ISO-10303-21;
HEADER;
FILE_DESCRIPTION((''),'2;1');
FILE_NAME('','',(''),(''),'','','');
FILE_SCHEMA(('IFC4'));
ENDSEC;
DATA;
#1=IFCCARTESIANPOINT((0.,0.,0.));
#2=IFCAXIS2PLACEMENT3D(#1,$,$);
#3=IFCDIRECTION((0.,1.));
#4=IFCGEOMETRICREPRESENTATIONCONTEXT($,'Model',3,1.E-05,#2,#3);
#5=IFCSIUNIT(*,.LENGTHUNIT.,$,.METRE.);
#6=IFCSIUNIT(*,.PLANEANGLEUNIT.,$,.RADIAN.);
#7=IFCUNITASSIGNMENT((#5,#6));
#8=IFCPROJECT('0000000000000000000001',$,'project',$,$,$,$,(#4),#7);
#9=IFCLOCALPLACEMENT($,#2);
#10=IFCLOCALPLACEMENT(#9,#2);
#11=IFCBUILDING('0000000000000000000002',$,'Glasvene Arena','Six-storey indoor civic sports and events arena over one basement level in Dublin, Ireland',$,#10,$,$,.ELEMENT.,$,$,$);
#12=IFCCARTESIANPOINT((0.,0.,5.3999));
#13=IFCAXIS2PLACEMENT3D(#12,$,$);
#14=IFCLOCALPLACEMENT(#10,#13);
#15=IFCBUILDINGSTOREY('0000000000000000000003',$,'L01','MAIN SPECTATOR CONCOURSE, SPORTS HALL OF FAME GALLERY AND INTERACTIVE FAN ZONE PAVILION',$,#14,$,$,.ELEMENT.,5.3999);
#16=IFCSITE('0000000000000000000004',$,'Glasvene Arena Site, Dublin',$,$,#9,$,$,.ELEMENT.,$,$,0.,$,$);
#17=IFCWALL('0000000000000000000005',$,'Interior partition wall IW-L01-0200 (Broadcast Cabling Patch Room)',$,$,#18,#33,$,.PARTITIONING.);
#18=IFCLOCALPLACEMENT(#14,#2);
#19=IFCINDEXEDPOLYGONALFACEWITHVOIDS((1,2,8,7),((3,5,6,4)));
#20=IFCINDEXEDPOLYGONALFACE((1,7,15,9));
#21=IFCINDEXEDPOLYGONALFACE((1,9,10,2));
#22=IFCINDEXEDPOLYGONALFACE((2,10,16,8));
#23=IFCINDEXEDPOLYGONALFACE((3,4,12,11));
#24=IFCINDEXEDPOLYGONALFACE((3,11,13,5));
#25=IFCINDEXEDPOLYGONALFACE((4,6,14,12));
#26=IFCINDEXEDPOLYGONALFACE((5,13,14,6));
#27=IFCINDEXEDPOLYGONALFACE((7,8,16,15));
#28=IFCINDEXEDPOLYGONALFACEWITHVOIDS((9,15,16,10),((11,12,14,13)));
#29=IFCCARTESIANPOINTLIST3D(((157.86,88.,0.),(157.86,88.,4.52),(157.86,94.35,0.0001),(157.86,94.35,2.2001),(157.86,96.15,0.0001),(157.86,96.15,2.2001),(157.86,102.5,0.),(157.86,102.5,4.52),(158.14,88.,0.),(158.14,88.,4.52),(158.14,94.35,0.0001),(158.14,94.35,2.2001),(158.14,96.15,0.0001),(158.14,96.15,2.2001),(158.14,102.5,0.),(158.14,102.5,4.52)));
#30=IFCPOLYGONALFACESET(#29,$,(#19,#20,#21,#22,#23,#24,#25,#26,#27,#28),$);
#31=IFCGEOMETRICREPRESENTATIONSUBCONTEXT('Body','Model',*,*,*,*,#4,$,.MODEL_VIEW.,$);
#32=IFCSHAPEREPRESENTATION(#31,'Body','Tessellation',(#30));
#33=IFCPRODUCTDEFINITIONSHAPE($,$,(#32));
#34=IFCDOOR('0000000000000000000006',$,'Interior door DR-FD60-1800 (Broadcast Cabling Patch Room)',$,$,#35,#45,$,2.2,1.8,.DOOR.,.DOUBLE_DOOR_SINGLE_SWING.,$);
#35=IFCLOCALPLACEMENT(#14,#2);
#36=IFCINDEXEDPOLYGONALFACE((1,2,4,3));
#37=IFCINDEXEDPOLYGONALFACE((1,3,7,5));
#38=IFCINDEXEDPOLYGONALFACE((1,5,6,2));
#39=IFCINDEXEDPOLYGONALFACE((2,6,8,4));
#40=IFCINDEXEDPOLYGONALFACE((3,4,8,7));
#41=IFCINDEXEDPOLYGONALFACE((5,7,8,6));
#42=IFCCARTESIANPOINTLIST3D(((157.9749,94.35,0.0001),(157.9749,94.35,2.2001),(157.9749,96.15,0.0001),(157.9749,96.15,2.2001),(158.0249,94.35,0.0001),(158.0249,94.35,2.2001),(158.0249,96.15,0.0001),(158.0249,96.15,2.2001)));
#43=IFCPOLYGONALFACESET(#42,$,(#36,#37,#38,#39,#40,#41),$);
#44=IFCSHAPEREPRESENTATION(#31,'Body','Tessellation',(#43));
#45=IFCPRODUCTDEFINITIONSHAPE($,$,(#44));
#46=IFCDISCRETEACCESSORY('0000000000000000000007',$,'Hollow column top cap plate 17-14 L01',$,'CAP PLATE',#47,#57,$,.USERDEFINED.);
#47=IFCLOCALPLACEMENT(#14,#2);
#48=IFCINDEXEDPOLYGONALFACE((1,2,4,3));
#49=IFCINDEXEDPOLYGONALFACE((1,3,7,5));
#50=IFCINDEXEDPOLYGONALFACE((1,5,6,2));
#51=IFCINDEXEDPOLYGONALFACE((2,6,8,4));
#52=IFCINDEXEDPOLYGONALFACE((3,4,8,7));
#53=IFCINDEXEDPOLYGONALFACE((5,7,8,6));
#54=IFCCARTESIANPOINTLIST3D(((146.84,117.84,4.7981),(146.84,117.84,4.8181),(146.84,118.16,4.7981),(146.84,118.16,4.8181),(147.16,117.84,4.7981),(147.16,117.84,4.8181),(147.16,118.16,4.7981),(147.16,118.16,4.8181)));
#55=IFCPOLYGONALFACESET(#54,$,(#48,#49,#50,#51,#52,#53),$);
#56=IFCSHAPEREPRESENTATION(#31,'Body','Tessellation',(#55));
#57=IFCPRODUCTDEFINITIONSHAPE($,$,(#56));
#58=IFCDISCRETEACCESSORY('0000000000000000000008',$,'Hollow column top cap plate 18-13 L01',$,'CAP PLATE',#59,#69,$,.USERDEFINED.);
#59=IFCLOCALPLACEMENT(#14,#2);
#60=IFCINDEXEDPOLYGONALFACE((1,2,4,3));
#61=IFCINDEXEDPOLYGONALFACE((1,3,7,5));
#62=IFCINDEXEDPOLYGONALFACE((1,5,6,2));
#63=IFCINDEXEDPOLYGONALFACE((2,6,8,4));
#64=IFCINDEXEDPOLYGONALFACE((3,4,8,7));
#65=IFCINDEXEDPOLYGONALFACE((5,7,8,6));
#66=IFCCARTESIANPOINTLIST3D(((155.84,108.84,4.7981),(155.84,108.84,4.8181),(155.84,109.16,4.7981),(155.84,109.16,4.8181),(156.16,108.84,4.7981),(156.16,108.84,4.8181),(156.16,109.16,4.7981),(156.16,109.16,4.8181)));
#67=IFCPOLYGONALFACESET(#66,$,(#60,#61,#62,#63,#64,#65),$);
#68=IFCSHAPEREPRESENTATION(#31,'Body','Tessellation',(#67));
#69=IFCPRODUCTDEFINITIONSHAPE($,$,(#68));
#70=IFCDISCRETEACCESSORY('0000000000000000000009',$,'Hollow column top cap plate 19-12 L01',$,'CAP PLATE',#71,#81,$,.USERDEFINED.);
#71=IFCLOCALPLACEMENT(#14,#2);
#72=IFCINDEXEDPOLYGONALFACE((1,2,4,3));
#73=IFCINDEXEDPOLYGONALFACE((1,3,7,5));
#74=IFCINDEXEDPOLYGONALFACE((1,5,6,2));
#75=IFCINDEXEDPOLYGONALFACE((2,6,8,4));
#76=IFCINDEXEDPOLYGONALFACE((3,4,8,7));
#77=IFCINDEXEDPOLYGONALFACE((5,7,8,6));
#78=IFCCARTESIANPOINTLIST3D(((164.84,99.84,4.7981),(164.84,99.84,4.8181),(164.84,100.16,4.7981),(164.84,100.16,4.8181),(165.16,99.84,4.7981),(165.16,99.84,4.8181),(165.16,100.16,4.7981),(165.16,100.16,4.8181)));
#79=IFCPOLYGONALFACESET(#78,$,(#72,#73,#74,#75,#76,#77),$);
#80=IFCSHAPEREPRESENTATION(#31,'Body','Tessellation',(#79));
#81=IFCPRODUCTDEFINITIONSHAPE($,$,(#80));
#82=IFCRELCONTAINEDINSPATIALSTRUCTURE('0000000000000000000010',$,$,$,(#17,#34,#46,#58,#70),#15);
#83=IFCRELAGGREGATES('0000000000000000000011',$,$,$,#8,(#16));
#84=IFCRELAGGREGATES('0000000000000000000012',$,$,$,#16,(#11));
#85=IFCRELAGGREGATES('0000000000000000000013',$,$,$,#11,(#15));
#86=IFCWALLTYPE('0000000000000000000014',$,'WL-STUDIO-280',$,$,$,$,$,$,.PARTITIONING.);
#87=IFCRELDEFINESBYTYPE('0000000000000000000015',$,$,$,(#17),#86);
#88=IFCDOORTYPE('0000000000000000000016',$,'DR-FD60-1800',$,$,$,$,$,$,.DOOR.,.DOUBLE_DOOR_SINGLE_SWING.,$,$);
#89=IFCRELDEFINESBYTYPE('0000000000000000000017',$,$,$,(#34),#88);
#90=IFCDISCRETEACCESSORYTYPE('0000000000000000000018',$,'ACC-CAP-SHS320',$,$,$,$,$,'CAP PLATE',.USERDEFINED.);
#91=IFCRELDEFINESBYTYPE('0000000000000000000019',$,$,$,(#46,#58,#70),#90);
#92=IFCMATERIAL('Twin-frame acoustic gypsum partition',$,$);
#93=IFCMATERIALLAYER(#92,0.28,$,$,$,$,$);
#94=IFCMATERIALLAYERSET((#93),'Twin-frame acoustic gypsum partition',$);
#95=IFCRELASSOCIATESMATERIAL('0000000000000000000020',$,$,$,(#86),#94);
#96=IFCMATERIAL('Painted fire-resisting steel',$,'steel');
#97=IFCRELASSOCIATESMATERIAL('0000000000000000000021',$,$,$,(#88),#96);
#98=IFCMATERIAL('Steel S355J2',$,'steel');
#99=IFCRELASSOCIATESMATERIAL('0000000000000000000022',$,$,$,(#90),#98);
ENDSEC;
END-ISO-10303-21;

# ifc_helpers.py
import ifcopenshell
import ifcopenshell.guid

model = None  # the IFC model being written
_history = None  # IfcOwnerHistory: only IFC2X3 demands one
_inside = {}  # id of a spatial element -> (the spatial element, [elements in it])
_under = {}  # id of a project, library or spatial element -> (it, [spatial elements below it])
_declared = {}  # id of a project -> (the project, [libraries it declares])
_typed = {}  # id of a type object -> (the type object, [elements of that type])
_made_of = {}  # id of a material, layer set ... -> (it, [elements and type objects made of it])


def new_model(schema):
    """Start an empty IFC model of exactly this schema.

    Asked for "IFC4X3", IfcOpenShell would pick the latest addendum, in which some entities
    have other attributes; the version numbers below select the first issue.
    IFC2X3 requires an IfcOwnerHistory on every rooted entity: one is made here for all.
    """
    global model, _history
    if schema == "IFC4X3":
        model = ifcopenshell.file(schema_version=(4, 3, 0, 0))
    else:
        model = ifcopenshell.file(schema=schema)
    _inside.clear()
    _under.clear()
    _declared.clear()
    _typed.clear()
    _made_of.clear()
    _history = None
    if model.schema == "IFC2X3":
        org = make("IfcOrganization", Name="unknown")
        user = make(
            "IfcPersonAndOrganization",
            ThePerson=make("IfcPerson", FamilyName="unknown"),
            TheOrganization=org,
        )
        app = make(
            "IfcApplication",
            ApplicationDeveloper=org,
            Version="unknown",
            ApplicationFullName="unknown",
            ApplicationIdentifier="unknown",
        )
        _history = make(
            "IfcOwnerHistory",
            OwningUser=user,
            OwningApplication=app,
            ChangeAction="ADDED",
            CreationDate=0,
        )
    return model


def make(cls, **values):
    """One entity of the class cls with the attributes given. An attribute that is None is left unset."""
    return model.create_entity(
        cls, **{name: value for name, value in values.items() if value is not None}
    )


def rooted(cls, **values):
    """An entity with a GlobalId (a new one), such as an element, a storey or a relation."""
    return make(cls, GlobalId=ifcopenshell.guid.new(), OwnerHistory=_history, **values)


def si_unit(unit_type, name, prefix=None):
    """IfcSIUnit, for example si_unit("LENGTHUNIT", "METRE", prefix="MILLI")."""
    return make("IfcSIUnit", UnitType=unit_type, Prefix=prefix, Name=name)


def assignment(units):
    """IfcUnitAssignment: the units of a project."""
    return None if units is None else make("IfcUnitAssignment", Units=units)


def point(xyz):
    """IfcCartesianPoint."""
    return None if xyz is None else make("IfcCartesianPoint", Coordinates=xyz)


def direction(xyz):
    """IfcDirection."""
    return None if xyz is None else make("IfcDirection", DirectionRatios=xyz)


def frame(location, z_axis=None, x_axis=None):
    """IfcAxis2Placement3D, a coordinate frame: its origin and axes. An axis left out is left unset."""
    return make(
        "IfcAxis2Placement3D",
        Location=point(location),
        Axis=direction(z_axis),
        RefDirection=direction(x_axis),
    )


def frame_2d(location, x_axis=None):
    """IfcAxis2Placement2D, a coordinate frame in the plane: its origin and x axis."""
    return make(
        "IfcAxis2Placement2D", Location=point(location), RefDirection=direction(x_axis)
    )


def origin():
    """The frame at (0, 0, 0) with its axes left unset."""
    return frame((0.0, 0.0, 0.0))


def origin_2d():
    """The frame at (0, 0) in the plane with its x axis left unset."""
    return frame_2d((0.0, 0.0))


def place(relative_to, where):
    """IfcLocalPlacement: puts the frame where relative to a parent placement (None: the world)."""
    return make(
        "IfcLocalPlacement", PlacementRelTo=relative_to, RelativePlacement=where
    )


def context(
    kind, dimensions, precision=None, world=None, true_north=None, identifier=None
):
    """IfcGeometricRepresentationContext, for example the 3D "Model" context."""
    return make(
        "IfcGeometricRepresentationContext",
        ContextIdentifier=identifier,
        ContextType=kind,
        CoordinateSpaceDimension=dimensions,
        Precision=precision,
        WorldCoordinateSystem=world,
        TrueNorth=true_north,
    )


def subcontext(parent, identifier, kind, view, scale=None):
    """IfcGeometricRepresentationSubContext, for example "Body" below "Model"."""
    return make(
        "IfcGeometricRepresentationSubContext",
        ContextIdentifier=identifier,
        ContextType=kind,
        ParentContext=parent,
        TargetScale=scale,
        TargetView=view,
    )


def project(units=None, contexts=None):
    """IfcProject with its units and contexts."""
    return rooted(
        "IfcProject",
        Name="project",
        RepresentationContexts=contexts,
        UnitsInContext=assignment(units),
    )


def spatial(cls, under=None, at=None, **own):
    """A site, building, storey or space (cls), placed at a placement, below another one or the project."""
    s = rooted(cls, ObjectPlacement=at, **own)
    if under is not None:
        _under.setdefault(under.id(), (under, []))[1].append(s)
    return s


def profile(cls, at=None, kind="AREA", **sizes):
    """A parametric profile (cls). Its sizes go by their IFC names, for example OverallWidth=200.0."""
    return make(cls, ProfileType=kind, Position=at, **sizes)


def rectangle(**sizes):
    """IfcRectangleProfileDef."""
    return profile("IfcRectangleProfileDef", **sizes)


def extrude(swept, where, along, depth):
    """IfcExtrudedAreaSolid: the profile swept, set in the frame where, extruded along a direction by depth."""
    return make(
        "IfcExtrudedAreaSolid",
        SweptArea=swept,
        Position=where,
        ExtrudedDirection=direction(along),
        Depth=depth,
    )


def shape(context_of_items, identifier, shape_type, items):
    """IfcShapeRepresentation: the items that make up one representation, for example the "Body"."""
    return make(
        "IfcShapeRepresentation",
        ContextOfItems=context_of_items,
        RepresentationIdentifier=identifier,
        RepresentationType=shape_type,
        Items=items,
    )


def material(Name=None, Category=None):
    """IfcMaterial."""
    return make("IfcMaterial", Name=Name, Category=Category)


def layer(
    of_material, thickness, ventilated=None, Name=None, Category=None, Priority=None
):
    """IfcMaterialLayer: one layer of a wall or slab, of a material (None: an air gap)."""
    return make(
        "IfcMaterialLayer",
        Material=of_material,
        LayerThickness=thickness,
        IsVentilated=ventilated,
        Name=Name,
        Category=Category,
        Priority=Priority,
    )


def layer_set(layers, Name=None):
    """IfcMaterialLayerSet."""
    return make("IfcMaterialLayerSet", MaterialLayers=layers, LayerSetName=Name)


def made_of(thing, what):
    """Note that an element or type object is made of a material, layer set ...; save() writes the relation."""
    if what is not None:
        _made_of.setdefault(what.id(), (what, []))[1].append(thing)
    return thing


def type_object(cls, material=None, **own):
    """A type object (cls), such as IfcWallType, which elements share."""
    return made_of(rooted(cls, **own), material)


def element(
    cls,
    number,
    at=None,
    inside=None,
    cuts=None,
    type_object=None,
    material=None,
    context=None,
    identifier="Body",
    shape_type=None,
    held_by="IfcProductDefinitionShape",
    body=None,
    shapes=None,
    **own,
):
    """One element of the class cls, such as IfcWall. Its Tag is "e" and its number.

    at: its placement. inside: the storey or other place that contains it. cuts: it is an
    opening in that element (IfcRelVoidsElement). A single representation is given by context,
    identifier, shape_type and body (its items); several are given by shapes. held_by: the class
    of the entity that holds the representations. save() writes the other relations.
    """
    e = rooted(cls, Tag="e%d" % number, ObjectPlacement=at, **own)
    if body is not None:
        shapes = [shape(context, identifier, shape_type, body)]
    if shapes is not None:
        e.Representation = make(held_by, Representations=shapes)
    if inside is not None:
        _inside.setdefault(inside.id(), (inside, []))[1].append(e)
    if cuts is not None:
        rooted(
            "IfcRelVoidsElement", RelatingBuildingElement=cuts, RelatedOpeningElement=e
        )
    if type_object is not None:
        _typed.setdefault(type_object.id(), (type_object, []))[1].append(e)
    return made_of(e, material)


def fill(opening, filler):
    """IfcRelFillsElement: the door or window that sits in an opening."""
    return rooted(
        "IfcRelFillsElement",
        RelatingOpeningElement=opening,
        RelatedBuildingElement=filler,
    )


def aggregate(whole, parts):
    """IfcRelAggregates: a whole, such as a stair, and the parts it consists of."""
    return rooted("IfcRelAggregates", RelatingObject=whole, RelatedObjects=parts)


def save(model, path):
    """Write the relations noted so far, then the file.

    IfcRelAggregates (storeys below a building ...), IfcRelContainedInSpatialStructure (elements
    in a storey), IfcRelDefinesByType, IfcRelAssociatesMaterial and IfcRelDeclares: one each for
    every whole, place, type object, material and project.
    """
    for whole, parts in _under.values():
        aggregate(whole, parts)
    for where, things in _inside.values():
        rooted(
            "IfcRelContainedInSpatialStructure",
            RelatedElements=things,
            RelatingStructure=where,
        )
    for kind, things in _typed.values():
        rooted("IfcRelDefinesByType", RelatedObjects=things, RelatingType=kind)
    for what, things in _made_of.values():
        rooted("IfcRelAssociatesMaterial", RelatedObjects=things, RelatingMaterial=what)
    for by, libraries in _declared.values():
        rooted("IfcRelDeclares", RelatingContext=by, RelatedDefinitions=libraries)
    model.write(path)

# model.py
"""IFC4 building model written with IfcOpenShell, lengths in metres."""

from ifc_helpers import new_model, si_unit, direction, frame, frame_2d, origin, origin_2d, place, context, subcontext, project, spatial, rectangle, extrude, material, layer, layer_set, type_object, element, fill, save


model = new_model("IFC4")

# Units and contexts
model_context = context("Model", 3, precision=1e-05, world=origin(), true_north=direction((0.0, 1.0)))
body_context = subcontext(model_context, "Body", "Model", "MODEL_VIEW")
ifc_project = project(units=[si_unit("LENGTHUNIT", "METRE"), si_unit("PLANEANGLEUNIT", "RADIAN")], contexts=[model_context])

# Site, building, storey
site_placement = place(None, origin())
site = spatial("IfcSite", under=ifc_project, at=site_placement, Name="Glasvene Arena Site, Dublin", CompositionType="ELEMENT", RefElevation=0.0)
building_placement = place(site_placement, origin())
building = spatial("IfcBuilding", under=site, at=building_placement, Name="Glasvene Arena", Description="Six-storey indoor civic sports and events arena over one basement level in Dublin, Ireland", CompositionType="ELEMENT")
storey_placement = place(building_placement, frame((0.0, 0.0, 5.3999)))
storey = spatial("IfcBuildingStorey", under=building, at=storey_placement, Name="L01", Description="MAIN SPECTATOR CONCOURSE, SPORTS HALL OF FAME GALLERY AND INTERACTIVE FAN ZONE PAVILION", CompositionType="ELEMENT", Elevation=5.3999)

# Shared definitions
ifc_material_1 = material(Name="Steel S355J2", Category="steel")

# Wall, opening, door
ifc_material_2 = material(Name="Twin-frame acoustic gypsum partition")
ifc_layer_1 = layer(ifc_material_2, 0.28)
ifc_layer_set_1 = layer_set([ifc_layer_1], Name="Twin-frame acoustic gypsum partition")
wall_type_1 = type_object("IfcWallType", Name="WL-STUDIO-280", PredefinedType="PARTITIONING", material=ifc_layer_set_1)
wall_1_placement = place(storey_placement, frame((158.0, 102.5, 0.0), z_axis=(0.0, 0.0, 1.0), x_axis=(0.0, -1.0, 0.0)))
wall_1 = element("IfcWall", 1, at=wall_1_placement, inside=storey, type_object=wall_type_1, Name="Interior partition wall IW-L01-0200 (Broadcast Cabling Patch Room)", PredefinedType="PARTITIONING", context=body_context, shape_type="SweptSolid", body=[
    extrude(rectangle(XDim=14.5, YDim=0.28, at=frame_2d((7.25, 0.0))), origin(), (0.0, 0.0, 1.0), 4.52),
])
opening_1_placement = place(wall_1_placement, frame((6.3501, 0.0, 0.0)))
opening_1 = element("IfcOpeningElement", 2, at=opening_1_placement, cuts=wall_1, PredefinedType="OPENING", context=body_context, shape_type="SweptSolid", body=[
    extrude(rectangle(XDim=1.8, YDim=2.2, at=frame_2d((0.8999, 1.1001))), frame((0.0, 0.1499, 0.0), z_axis=(0.0, -1.0, 0.0), x_axis=(1.0, 0.0, 0.0)), (0.0, 0.0, 1.0), 0.3),
])
ifc_material_3 = material(Name="Painted fire-resisting steel", Category="steel")
door_type = type_object("IfcDoorType", Name="DR-FD60-1800", OperationType="DOUBLE_DOOR_SINGLE_SWING", PredefinedType="DOOR", material=ifc_material_3)
door_placement = place(opening_1_placement, origin())
door = element("IfcDoor", 3, at=door_placement, inside=storey, type_object=door_type, Name="Interior door DR-FD60-1800 (Broadcast Cabling Patch Room)", OperationType="DOUBLE_DOOR_SINGLE_SWING", OverallHeight=2.2, OverallWidth=1.8, PredefinedType="DOOR", context=body_context, shape_type="SweptSolid", body=[
    extrude(rectangle(XDim=1.8, YDim=2.2, at=frame_2d((0.8999, 1.1001))), frame((0.0, 0.0249, 0.0), z_axis=(0.0, -1.0, 0.0), x_axis=(1.0, 0.0, 0.0)), (0.0, 0.0, 1.0), 0.05),
])
fill(opening_1, door)

# Discrete accessories
discrete_accessory_type = type_object("IfcDiscreteAccessoryType", Name="ACC-CAP-SHS320", ElementType="CAP PLATE", PredefinedType="USERDEFINED", material=ifc_material_1)
for number, where, z_axis, x_axis, name in (
    (4, (147.0, 118.0, 4.7981), (0.0, 0.0, 1.0), (1.0, 0.0, 0.0), "Hollow column top cap plate 17-14 L01"),
    (5, (156.0, 109.0, 4.7981), (0.0, 0.0, 1.0), (1.0, 0.0, 0.0), "Hollow column top cap plate 18-13 L01"),
    (6, (165.0, 100.0, 4.7981), (0.0, 0.0, 1.0), (1.0, 0.0, 0.0), "Hollow column top cap plate 19-12 L01"),
):
    element("IfcDiscreteAccessory", number, at=place(storey_placement, frame(where, z_axis=z_axis, x_axis=x_axis)), inside=storey, type_object=discrete_accessory_type, Name=name, ObjectType="CAP PLATE", PredefinedType="USERDEFINED", context=body_context, shape_type="SweptSolid", body=[
        extrude(rectangle(XDim=0.3201, YDim=0.3201, at=origin_2d()), origin(), (0.0, 0.0, 1.0), 0.02),
    ])

save(model, "model.ifc")
